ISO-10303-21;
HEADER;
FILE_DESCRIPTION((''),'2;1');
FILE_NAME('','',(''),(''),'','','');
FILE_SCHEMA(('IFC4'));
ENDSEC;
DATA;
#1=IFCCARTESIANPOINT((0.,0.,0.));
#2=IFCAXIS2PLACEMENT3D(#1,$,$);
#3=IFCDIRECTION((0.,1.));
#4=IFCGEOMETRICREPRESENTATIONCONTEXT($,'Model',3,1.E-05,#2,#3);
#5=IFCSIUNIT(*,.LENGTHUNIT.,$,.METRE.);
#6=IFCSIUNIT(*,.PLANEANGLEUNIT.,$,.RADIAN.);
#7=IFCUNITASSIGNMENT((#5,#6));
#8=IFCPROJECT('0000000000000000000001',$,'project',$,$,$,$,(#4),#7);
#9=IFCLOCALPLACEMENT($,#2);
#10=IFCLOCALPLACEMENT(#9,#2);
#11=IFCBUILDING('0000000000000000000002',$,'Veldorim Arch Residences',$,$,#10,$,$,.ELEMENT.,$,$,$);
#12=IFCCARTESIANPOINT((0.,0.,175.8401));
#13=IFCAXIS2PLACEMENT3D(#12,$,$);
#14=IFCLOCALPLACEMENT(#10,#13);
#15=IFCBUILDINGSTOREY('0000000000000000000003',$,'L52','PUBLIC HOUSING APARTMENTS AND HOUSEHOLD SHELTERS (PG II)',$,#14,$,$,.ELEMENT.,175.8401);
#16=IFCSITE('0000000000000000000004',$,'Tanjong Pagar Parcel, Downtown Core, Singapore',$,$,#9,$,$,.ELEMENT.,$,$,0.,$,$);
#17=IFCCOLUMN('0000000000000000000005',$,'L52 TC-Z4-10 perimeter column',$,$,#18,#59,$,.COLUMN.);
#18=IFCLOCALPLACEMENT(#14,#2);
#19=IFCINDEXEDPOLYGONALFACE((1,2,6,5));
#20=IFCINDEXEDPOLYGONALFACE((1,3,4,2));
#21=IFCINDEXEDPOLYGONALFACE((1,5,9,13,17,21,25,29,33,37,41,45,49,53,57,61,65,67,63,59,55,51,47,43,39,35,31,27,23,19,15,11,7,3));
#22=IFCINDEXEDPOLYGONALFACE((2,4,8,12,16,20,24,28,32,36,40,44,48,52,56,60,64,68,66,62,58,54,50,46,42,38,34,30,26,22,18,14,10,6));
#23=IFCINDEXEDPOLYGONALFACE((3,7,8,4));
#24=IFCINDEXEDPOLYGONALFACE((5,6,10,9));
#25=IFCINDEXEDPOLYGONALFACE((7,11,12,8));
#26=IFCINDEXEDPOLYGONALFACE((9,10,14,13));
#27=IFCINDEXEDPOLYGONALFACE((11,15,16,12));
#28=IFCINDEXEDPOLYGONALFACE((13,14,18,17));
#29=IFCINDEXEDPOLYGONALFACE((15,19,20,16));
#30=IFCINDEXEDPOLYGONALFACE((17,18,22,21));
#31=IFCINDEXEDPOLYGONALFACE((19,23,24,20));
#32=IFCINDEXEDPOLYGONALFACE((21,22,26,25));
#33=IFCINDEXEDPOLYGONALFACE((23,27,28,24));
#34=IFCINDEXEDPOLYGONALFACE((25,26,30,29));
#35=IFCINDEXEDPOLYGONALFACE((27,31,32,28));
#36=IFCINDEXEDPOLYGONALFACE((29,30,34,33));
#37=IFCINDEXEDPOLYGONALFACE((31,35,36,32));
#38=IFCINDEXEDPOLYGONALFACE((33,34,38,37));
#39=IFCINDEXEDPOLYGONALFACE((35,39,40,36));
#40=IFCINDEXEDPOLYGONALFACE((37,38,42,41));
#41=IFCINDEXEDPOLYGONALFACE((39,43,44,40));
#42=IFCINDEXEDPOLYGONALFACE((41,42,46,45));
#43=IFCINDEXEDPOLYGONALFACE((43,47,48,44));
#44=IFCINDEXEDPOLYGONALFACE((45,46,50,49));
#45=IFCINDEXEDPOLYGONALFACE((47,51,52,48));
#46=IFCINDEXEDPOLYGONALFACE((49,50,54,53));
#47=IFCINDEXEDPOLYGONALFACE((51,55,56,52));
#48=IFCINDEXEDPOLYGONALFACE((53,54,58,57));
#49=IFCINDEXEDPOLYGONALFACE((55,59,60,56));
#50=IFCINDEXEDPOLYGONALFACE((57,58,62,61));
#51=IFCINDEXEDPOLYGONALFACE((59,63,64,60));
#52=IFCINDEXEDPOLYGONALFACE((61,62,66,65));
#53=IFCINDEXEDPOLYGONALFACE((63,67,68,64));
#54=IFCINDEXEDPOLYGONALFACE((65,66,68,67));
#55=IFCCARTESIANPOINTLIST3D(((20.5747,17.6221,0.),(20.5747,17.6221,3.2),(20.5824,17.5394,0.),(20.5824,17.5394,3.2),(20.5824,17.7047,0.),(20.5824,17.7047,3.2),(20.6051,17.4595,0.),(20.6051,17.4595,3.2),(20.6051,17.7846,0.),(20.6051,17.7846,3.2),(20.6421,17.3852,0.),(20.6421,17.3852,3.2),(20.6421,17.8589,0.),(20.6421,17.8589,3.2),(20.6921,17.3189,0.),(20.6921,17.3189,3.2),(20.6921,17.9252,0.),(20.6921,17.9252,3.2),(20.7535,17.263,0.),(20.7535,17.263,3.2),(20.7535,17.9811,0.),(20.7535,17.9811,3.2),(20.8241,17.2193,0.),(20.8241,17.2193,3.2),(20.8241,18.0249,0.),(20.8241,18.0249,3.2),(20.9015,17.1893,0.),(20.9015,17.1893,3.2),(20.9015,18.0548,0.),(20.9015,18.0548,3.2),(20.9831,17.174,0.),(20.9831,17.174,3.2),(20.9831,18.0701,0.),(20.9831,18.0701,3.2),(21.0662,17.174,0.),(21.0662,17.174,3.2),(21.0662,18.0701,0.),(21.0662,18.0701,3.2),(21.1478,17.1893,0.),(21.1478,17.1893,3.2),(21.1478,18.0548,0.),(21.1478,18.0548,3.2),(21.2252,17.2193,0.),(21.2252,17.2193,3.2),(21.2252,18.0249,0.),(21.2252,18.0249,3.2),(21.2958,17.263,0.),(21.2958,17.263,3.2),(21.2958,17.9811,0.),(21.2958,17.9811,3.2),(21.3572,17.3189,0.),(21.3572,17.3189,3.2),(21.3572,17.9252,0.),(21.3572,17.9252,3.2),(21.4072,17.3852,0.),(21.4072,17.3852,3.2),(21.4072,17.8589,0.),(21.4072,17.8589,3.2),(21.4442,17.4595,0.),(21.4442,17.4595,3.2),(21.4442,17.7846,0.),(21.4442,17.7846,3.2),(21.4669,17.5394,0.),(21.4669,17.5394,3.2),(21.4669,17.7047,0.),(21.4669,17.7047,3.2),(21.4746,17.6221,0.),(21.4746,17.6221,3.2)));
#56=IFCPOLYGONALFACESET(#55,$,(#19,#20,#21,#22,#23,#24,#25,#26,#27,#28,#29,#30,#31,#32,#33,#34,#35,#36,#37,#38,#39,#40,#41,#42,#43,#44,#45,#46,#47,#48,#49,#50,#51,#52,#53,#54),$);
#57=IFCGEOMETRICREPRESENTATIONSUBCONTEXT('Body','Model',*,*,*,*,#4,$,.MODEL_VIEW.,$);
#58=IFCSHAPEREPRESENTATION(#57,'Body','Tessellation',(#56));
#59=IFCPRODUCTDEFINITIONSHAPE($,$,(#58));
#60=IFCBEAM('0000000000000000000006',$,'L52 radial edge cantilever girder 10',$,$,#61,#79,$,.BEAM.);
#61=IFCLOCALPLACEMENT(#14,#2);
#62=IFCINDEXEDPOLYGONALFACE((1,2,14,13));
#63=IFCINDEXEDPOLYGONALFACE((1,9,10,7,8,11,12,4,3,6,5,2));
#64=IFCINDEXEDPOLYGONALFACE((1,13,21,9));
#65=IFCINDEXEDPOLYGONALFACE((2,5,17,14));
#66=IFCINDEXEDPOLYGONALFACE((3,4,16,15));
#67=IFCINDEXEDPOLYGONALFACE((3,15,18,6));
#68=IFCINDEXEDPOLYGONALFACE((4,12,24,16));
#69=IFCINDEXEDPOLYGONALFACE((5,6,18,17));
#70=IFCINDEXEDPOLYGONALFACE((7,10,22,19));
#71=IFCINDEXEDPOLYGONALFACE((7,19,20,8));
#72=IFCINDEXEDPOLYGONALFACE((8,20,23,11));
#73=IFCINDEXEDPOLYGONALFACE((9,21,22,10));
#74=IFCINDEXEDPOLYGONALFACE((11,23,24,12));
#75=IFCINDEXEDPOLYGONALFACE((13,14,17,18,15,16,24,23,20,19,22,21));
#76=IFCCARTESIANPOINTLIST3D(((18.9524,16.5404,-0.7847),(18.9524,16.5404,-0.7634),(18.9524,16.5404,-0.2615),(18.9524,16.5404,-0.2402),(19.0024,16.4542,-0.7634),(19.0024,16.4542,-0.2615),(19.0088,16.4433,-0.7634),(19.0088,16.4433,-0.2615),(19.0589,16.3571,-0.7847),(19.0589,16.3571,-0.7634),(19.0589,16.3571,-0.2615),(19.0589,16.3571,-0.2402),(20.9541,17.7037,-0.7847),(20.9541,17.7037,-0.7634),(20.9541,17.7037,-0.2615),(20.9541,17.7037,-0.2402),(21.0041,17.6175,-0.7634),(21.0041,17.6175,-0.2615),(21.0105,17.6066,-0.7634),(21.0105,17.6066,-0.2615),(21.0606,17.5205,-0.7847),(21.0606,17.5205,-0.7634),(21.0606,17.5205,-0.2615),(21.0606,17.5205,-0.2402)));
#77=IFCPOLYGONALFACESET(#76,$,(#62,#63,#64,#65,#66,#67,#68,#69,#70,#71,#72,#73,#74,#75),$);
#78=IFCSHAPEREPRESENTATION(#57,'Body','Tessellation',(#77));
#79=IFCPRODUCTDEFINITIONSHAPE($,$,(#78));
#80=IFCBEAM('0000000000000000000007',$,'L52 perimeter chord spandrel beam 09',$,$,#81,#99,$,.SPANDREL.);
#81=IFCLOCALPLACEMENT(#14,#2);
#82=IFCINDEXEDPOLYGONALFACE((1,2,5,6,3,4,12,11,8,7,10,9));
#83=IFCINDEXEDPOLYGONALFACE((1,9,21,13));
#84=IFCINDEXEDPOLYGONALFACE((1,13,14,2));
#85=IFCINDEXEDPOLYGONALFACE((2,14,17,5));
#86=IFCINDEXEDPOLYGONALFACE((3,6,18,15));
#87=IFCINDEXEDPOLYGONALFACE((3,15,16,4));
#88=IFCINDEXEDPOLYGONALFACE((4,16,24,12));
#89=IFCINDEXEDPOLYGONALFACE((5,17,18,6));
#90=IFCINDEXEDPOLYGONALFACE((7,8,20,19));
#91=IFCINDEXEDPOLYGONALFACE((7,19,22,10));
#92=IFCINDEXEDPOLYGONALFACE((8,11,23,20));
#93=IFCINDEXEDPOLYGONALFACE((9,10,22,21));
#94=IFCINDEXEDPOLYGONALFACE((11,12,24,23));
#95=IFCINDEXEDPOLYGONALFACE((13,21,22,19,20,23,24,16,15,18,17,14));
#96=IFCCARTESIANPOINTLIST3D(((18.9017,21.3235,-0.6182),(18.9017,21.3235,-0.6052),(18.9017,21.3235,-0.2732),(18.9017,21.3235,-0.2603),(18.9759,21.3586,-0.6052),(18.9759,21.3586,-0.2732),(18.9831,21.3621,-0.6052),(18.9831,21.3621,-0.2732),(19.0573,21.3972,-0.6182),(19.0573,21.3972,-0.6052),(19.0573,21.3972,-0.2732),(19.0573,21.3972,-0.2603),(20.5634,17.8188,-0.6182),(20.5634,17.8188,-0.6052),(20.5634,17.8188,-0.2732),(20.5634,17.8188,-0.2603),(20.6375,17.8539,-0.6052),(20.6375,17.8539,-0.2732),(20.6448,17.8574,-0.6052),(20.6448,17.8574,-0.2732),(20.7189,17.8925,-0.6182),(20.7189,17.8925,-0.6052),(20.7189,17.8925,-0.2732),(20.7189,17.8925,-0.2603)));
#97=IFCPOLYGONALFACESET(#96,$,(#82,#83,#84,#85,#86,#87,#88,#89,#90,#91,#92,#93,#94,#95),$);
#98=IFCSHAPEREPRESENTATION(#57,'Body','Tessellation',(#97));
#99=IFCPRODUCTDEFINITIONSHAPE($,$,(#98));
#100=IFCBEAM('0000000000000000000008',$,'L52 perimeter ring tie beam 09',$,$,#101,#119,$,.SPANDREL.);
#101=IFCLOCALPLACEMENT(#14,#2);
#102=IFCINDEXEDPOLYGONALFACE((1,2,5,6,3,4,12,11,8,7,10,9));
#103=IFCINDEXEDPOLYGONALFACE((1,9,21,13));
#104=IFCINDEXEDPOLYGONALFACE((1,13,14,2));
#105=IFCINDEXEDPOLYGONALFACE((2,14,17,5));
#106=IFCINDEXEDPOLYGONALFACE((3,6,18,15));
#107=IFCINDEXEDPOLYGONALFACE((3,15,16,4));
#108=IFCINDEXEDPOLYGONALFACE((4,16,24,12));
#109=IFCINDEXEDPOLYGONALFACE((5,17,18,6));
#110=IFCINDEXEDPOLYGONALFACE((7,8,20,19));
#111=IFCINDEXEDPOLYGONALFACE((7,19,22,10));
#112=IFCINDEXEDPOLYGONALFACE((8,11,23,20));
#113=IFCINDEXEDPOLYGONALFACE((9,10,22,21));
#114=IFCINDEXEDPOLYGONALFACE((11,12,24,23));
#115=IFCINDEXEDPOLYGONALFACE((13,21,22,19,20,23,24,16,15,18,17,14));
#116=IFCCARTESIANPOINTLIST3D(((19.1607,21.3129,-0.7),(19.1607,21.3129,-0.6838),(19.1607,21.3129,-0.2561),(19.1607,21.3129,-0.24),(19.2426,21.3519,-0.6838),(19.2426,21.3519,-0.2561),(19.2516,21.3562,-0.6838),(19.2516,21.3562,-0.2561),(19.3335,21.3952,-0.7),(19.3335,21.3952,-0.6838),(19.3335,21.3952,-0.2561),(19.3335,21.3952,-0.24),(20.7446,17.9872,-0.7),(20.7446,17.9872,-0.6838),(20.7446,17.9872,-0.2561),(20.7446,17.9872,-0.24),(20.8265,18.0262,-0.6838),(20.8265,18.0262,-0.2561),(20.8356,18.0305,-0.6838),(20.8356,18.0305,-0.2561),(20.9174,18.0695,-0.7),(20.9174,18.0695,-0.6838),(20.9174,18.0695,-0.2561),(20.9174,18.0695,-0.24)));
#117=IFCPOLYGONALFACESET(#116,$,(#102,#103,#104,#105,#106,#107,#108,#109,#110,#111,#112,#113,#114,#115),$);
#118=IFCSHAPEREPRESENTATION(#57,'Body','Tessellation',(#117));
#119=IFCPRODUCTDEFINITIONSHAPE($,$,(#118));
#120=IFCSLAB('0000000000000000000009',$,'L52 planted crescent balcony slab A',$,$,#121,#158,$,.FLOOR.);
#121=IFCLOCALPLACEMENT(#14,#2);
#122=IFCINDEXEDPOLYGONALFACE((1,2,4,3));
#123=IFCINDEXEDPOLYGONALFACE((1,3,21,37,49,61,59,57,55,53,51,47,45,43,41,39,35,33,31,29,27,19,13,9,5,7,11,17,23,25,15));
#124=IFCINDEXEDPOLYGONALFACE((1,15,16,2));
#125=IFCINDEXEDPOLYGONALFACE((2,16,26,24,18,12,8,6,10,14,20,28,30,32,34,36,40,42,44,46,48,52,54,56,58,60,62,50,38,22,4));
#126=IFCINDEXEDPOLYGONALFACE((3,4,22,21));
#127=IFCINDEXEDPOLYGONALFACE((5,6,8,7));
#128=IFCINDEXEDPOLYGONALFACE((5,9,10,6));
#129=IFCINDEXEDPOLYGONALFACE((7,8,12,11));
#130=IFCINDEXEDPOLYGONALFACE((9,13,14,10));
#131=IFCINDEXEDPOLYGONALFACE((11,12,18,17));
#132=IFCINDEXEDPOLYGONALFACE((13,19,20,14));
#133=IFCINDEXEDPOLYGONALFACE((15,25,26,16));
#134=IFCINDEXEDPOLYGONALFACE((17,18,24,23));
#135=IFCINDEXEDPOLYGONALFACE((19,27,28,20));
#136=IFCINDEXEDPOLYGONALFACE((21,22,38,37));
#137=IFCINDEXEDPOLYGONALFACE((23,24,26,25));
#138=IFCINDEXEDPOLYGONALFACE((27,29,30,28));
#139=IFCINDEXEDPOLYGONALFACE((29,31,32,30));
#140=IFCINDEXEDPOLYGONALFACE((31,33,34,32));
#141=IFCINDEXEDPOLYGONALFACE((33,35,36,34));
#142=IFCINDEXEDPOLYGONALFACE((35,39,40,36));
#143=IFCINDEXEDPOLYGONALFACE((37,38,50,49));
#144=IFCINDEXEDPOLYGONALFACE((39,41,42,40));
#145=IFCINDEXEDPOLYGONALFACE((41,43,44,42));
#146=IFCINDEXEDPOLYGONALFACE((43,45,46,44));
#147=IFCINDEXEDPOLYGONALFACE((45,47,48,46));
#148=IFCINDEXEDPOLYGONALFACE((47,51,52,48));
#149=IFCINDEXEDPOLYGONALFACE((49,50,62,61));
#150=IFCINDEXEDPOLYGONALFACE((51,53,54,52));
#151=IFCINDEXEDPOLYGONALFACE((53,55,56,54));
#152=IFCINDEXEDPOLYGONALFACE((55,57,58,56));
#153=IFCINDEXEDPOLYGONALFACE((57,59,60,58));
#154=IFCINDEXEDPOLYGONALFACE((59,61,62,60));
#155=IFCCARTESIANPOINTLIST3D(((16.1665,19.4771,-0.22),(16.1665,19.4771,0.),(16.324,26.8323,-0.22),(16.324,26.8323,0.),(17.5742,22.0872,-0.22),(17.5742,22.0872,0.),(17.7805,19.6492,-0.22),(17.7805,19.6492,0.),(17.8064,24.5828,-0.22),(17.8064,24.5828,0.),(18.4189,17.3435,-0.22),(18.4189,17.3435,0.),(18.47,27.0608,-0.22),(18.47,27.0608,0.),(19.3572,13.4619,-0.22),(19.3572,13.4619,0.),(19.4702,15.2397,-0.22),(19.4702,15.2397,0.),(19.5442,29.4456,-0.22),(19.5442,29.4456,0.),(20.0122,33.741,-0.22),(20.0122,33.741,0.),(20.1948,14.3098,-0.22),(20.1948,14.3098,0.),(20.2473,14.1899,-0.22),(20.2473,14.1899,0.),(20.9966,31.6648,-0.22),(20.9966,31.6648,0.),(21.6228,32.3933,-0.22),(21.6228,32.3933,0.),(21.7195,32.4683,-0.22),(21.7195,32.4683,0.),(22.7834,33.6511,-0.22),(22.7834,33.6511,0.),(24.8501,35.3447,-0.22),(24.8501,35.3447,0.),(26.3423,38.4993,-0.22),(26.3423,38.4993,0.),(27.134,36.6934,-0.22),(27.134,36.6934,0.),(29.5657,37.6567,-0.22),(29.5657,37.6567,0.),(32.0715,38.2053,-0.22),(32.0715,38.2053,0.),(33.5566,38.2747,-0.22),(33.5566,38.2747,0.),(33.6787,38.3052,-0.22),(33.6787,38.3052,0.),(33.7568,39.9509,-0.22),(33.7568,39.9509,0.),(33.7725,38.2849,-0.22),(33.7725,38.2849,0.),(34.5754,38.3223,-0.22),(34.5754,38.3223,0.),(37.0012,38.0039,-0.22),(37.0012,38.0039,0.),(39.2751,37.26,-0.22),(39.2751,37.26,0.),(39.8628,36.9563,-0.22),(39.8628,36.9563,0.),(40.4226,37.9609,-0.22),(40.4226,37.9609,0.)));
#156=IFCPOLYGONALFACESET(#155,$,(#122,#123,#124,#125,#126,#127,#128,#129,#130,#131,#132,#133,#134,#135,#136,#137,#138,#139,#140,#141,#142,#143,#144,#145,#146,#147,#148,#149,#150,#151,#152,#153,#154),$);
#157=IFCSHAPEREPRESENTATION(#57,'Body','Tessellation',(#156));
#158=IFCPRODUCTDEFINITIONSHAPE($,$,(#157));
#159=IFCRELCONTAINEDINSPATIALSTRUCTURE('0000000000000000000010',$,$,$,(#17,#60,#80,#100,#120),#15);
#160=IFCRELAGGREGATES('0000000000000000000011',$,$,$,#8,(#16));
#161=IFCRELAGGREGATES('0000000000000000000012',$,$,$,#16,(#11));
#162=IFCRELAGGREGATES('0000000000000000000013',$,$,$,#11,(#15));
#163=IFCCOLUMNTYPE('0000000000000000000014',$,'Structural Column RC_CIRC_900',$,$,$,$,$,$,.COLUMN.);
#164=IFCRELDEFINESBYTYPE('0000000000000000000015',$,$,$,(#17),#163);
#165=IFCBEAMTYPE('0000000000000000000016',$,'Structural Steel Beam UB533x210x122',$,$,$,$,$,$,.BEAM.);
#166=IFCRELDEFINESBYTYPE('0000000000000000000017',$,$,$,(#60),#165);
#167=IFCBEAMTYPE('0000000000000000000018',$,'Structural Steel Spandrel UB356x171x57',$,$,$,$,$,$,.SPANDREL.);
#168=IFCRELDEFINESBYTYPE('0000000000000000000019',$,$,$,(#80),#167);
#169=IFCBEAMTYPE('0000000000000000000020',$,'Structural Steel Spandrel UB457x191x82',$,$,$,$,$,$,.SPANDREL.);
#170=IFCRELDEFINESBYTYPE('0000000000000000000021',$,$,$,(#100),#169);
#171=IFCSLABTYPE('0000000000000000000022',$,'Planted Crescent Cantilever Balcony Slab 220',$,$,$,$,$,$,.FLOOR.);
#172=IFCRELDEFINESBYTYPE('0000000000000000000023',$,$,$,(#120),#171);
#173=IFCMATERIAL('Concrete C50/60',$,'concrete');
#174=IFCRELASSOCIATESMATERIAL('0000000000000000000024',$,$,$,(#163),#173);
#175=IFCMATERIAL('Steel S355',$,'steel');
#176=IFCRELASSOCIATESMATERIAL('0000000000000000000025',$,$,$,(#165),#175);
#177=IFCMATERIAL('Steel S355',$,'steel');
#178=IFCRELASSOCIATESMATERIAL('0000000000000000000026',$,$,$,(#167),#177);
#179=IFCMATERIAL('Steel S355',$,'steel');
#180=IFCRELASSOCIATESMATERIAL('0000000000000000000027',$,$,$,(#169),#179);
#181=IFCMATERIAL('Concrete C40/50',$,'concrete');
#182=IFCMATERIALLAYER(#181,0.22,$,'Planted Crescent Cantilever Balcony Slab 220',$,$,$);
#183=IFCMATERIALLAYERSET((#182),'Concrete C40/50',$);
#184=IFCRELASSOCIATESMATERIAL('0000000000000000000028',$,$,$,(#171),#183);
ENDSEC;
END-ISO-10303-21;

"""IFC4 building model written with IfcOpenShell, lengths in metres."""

from ifc_helpers import new_model, si_unit, direction, frame, origin, origin_2d, place, context, subcontext, project, spatial, polyline, circle, i_section, outline, extrude, material, layer, layer_set, material_profile, profile_set, type_object, element, save


model = new_model("IFC4")

# Units and contexts
model_context = context("Model", 3, precision=1e-05, world=origin(), true_north=direction((0.0, 1.0)))
body_context = subcontext(model_context, "Body", "Model", "MODEL_VIEW")
ifc_project = project(units=[si_unit("LENGTHUNIT", "METRE"), si_unit("PLANEANGLEUNIT", "RADIAN")], contexts=[model_context])

# Site, building, storey
site_placement = place(None, origin())
site = spatial("IfcSite", under=ifc_project, at=site_placement, Name="Tanjong Pagar Parcel, Downtown Core, Singapore", CompositionType="ELEMENT", RefElevation=0.0)
building_placement = place(site_placement, origin())
building = spatial("IfcBuilding", under=site, at=building_placement, Name="Veldorim Arch Residences", CompositionType="ELEMENT")
storey_placement = place(building_placement, frame((0.0, 0.0, 175.8401)))
storey = spatial("IfcBuildingStorey", under=building, at=storey_placement, Name="L52", Description="PUBLIC HOUSING APARTMENTS AND HOUSEHOLD SHELTERS (PG II)", CompositionType="ELEMENT", Elevation=175.8401)

# Column
ifc_material_1 = material(Name="Concrete C50/60", Category="concrete")
ifc_material_profile_1 = material_profile(ifc_material_1, circle(Radius=0.45, at=origin_2d()), Name="RC_CIRC_900")
ifc_profile_set_1 = profile_set([ifc_material_profile_1], Name="Concrete C50/60")
column_type = type_object("IfcColumnType", Name="Structural Column RC_CIRC_900", PredefinedType="COLUMN", material=ifc_profile_set_1)
column_placement = place(storey_placement, frame((21.0247, 17.6221, 0.0), z_axis=(0.0, 0.0, 1.0), x_axis=(1.0, 0.0, 0.0)))
element("IfcColumn", 1, at=column_placement, inside=storey, type_object=column_type, Name="L52 TC-Z4-10 perimeter column", PredefinedType="COLUMN", context=body_context, shape_type="SweptSolid", body=[
    extrude(circle(Radius=0.45, at=origin_2d()), origin(), (0.0, 0.0, 1.0), 3.2),
])

# Beams
ifc_material_2 = material(Name="Steel S355", Category="steel")
ifc_material_profile_2 = material_profile(ifc_material_2, i_section(OverallWidth=0.2119, OverallDepth=0.5444, WebThickness=0.0127, FlangeThickness=0.0212, at=origin_2d()), Name="UB533x210x122")
ifc_profile_set_2 = profile_set([ifc_material_profile_2], Name="Steel S355")
beam_type_1 = type_object("IfcBeamType", Name="Structural Steel Beam UB533x210x122", PredefinedType="BEAM", material=ifc_profile_set_2)
beam_1_placement = place(storey_placement, frame((21.0073, 17.6121, -0.5125), z_axis=(-0.864592, -0.502474, 0.0), x_axis=(0.502474, -0.864592, 0.0)))
element("IfcBeam", 2, at=beam_1_placement, inside=storey, type_object=beam_type_1, Name="L52 radial edge cantilever girder 10", PredefinedType="BEAM", context=body_context, shape_type="SweptSolid", body=[
    extrude(i_section(OverallWidth=0.2119, OverallDepth=0.5444, WebThickness=0.0127, FlangeThickness=0.0212, at=origin_2d()), origin(), (0.0, 0.0, 1.0), 2.3152),
])
ifc_material_3 = material(Name="Steel S355", Category="steel")
ifc_material_profile_3 = material_profile(ifc_material_3, i_section(OverallWidth=0.1721, OverallDepth=0.3579, WebThickness=0.0081, FlangeThickness=0.0129, at=origin_2d()), Name="UB356x171x57")
ifc_profile_set_3 = profile_set([ifc_material_profile_3], Name="Steel S355")
beam_type_2 = type_object("IfcBeamType", Name="Structural Steel Spandrel UB356x171x57", PredefinedType="SPANDREL", material=ifc_profile_set_3)
beam_2_placement = place(storey_placement, frame((18.9795, 21.3604, -0.4392), z_axis=(0.428408, -0.903585, 0.0), x_axis=(0.903585, 0.428408, 0.0)))
element("IfcBeam", 3, at=beam_2_placement, inside=storey, type_object=beam_type_2, Name="L52 perimeter chord spandrel beam 09", PredefinedType="SPANDREL", context=body_context, shape_type="SweptSolid", body=[
    extrude(i_section(OverallWidth=0.1721, OverallDepth=0.3579, WebThickness=0.0081, FlangeThickness=0.0129, at=origin_2d()), origin(), (0.0, 0.0, 1.0), 3.8787),
])
ifc_material_4 = material(Name="Steel S355", Category="steel")
ifc_material_profile_4 = material_profile(ifc_material_4, i_section(OverallWidth=0.1914, OverallDepth=0.46, WebThickness=0.01, FlangeThickness=0.0161, at=origin_2d()), Name="UB457x191x82")
ifc_profile_set_4 = profile_set([ifc_material_profile_4], Name="Steel S355")
beam_type_3 = type_object("IfcBeamType", Name="Structural Steel Spandrel UB457x191x82", PredefinedType="SPANDREL", material=ifc_profile_set_4)
beam_3_placement = place(storey_placement, frame((19.2471, 21.354, -0.47), z_axis=(0.430006, -0.902826, 0.0), x_axis=(0.902826, 0.430006, 0.0)))
element("IfcBeam", 4, at=beam_3_placement, inside=storey, type_object=beam_type_3, Name="L52 perimeter ring tie beam 09", PredefinedType="SPANDREL", context=body_context, shape_type="SweptSolid", body=[
    extrude(i_section(OverallWidth=0.1914, OverallDepth=0.46, WebThickness=0.01, FlangeThickness=0.0161, at=origin_2d()), origin(), (0.0, 0.0, 1.0), 3.6836),
])

# Slab
ifc_material_5 = material(Name="Concrete C40/50", Category="concrete")
ifc_layer_1 = layer(ifc_material_5, 0.22, Name="Planted Crescent Cantilever Balcony Slab 220")
ifc_layer_set_1 = layer_set([ifc_layer_1], Name="Concrete C40/50")
slab_type_1 = type_object("IfcSlabType", Name="Planted Crescent Cantilever Balcony Slab 220", PredefinedType="FLOOR", material=ifc_layer_set_1)
slab_1_placement = place(storey_placement, frame((0.0, 0.0, -0.22)))
element("IfcSlab", 5, at=slab_1_placement, inside=storey, type_object=slab_type_1, Name="L52 planted crescent balcony slab A", PredefinedType="FLOOR", context=body_context, shape_type="SweptSolid", body=[
    extrude(outline(polyline([(39.8628, 36.9563), (39.2751, 37.26), (37.0012, 38.0039), (34.5754, 38.3223), (33.7725, 38.2849), (33.6787, 38.3052), (33.5566, 38.2747), (32.0715, 38.2053), (29.5657, 37.6567), (27.134, 36.6934), (24.8501, 35.3447), (22.7834, 33.6511), (21.7195, 32.4683), (21.6228, 32.3933), (20.9966, 31.6648), (19.5442, 29.4456), (18.47, 27.0608), (17.8064, 24.5828), (17.5742, 22.0872), (17.7805, 19.6492), (18.4189, 17.3435), (19.4702, 15.2397), (20.1948, 14.3098), (20.2473, 14.1899), (19.3572, 13.4619), (16.1665, 19.4771), (16.324, 26.8323), (20.0122, 33.741), (26.3423, 38.4993), (33.7568, 39.9509), (40.4226, 37.9609), (39.8628, 36.9563)])), origin(), (0.0, 0.0, 1.0), 0.22),
])

save(model, "model.ifc")
